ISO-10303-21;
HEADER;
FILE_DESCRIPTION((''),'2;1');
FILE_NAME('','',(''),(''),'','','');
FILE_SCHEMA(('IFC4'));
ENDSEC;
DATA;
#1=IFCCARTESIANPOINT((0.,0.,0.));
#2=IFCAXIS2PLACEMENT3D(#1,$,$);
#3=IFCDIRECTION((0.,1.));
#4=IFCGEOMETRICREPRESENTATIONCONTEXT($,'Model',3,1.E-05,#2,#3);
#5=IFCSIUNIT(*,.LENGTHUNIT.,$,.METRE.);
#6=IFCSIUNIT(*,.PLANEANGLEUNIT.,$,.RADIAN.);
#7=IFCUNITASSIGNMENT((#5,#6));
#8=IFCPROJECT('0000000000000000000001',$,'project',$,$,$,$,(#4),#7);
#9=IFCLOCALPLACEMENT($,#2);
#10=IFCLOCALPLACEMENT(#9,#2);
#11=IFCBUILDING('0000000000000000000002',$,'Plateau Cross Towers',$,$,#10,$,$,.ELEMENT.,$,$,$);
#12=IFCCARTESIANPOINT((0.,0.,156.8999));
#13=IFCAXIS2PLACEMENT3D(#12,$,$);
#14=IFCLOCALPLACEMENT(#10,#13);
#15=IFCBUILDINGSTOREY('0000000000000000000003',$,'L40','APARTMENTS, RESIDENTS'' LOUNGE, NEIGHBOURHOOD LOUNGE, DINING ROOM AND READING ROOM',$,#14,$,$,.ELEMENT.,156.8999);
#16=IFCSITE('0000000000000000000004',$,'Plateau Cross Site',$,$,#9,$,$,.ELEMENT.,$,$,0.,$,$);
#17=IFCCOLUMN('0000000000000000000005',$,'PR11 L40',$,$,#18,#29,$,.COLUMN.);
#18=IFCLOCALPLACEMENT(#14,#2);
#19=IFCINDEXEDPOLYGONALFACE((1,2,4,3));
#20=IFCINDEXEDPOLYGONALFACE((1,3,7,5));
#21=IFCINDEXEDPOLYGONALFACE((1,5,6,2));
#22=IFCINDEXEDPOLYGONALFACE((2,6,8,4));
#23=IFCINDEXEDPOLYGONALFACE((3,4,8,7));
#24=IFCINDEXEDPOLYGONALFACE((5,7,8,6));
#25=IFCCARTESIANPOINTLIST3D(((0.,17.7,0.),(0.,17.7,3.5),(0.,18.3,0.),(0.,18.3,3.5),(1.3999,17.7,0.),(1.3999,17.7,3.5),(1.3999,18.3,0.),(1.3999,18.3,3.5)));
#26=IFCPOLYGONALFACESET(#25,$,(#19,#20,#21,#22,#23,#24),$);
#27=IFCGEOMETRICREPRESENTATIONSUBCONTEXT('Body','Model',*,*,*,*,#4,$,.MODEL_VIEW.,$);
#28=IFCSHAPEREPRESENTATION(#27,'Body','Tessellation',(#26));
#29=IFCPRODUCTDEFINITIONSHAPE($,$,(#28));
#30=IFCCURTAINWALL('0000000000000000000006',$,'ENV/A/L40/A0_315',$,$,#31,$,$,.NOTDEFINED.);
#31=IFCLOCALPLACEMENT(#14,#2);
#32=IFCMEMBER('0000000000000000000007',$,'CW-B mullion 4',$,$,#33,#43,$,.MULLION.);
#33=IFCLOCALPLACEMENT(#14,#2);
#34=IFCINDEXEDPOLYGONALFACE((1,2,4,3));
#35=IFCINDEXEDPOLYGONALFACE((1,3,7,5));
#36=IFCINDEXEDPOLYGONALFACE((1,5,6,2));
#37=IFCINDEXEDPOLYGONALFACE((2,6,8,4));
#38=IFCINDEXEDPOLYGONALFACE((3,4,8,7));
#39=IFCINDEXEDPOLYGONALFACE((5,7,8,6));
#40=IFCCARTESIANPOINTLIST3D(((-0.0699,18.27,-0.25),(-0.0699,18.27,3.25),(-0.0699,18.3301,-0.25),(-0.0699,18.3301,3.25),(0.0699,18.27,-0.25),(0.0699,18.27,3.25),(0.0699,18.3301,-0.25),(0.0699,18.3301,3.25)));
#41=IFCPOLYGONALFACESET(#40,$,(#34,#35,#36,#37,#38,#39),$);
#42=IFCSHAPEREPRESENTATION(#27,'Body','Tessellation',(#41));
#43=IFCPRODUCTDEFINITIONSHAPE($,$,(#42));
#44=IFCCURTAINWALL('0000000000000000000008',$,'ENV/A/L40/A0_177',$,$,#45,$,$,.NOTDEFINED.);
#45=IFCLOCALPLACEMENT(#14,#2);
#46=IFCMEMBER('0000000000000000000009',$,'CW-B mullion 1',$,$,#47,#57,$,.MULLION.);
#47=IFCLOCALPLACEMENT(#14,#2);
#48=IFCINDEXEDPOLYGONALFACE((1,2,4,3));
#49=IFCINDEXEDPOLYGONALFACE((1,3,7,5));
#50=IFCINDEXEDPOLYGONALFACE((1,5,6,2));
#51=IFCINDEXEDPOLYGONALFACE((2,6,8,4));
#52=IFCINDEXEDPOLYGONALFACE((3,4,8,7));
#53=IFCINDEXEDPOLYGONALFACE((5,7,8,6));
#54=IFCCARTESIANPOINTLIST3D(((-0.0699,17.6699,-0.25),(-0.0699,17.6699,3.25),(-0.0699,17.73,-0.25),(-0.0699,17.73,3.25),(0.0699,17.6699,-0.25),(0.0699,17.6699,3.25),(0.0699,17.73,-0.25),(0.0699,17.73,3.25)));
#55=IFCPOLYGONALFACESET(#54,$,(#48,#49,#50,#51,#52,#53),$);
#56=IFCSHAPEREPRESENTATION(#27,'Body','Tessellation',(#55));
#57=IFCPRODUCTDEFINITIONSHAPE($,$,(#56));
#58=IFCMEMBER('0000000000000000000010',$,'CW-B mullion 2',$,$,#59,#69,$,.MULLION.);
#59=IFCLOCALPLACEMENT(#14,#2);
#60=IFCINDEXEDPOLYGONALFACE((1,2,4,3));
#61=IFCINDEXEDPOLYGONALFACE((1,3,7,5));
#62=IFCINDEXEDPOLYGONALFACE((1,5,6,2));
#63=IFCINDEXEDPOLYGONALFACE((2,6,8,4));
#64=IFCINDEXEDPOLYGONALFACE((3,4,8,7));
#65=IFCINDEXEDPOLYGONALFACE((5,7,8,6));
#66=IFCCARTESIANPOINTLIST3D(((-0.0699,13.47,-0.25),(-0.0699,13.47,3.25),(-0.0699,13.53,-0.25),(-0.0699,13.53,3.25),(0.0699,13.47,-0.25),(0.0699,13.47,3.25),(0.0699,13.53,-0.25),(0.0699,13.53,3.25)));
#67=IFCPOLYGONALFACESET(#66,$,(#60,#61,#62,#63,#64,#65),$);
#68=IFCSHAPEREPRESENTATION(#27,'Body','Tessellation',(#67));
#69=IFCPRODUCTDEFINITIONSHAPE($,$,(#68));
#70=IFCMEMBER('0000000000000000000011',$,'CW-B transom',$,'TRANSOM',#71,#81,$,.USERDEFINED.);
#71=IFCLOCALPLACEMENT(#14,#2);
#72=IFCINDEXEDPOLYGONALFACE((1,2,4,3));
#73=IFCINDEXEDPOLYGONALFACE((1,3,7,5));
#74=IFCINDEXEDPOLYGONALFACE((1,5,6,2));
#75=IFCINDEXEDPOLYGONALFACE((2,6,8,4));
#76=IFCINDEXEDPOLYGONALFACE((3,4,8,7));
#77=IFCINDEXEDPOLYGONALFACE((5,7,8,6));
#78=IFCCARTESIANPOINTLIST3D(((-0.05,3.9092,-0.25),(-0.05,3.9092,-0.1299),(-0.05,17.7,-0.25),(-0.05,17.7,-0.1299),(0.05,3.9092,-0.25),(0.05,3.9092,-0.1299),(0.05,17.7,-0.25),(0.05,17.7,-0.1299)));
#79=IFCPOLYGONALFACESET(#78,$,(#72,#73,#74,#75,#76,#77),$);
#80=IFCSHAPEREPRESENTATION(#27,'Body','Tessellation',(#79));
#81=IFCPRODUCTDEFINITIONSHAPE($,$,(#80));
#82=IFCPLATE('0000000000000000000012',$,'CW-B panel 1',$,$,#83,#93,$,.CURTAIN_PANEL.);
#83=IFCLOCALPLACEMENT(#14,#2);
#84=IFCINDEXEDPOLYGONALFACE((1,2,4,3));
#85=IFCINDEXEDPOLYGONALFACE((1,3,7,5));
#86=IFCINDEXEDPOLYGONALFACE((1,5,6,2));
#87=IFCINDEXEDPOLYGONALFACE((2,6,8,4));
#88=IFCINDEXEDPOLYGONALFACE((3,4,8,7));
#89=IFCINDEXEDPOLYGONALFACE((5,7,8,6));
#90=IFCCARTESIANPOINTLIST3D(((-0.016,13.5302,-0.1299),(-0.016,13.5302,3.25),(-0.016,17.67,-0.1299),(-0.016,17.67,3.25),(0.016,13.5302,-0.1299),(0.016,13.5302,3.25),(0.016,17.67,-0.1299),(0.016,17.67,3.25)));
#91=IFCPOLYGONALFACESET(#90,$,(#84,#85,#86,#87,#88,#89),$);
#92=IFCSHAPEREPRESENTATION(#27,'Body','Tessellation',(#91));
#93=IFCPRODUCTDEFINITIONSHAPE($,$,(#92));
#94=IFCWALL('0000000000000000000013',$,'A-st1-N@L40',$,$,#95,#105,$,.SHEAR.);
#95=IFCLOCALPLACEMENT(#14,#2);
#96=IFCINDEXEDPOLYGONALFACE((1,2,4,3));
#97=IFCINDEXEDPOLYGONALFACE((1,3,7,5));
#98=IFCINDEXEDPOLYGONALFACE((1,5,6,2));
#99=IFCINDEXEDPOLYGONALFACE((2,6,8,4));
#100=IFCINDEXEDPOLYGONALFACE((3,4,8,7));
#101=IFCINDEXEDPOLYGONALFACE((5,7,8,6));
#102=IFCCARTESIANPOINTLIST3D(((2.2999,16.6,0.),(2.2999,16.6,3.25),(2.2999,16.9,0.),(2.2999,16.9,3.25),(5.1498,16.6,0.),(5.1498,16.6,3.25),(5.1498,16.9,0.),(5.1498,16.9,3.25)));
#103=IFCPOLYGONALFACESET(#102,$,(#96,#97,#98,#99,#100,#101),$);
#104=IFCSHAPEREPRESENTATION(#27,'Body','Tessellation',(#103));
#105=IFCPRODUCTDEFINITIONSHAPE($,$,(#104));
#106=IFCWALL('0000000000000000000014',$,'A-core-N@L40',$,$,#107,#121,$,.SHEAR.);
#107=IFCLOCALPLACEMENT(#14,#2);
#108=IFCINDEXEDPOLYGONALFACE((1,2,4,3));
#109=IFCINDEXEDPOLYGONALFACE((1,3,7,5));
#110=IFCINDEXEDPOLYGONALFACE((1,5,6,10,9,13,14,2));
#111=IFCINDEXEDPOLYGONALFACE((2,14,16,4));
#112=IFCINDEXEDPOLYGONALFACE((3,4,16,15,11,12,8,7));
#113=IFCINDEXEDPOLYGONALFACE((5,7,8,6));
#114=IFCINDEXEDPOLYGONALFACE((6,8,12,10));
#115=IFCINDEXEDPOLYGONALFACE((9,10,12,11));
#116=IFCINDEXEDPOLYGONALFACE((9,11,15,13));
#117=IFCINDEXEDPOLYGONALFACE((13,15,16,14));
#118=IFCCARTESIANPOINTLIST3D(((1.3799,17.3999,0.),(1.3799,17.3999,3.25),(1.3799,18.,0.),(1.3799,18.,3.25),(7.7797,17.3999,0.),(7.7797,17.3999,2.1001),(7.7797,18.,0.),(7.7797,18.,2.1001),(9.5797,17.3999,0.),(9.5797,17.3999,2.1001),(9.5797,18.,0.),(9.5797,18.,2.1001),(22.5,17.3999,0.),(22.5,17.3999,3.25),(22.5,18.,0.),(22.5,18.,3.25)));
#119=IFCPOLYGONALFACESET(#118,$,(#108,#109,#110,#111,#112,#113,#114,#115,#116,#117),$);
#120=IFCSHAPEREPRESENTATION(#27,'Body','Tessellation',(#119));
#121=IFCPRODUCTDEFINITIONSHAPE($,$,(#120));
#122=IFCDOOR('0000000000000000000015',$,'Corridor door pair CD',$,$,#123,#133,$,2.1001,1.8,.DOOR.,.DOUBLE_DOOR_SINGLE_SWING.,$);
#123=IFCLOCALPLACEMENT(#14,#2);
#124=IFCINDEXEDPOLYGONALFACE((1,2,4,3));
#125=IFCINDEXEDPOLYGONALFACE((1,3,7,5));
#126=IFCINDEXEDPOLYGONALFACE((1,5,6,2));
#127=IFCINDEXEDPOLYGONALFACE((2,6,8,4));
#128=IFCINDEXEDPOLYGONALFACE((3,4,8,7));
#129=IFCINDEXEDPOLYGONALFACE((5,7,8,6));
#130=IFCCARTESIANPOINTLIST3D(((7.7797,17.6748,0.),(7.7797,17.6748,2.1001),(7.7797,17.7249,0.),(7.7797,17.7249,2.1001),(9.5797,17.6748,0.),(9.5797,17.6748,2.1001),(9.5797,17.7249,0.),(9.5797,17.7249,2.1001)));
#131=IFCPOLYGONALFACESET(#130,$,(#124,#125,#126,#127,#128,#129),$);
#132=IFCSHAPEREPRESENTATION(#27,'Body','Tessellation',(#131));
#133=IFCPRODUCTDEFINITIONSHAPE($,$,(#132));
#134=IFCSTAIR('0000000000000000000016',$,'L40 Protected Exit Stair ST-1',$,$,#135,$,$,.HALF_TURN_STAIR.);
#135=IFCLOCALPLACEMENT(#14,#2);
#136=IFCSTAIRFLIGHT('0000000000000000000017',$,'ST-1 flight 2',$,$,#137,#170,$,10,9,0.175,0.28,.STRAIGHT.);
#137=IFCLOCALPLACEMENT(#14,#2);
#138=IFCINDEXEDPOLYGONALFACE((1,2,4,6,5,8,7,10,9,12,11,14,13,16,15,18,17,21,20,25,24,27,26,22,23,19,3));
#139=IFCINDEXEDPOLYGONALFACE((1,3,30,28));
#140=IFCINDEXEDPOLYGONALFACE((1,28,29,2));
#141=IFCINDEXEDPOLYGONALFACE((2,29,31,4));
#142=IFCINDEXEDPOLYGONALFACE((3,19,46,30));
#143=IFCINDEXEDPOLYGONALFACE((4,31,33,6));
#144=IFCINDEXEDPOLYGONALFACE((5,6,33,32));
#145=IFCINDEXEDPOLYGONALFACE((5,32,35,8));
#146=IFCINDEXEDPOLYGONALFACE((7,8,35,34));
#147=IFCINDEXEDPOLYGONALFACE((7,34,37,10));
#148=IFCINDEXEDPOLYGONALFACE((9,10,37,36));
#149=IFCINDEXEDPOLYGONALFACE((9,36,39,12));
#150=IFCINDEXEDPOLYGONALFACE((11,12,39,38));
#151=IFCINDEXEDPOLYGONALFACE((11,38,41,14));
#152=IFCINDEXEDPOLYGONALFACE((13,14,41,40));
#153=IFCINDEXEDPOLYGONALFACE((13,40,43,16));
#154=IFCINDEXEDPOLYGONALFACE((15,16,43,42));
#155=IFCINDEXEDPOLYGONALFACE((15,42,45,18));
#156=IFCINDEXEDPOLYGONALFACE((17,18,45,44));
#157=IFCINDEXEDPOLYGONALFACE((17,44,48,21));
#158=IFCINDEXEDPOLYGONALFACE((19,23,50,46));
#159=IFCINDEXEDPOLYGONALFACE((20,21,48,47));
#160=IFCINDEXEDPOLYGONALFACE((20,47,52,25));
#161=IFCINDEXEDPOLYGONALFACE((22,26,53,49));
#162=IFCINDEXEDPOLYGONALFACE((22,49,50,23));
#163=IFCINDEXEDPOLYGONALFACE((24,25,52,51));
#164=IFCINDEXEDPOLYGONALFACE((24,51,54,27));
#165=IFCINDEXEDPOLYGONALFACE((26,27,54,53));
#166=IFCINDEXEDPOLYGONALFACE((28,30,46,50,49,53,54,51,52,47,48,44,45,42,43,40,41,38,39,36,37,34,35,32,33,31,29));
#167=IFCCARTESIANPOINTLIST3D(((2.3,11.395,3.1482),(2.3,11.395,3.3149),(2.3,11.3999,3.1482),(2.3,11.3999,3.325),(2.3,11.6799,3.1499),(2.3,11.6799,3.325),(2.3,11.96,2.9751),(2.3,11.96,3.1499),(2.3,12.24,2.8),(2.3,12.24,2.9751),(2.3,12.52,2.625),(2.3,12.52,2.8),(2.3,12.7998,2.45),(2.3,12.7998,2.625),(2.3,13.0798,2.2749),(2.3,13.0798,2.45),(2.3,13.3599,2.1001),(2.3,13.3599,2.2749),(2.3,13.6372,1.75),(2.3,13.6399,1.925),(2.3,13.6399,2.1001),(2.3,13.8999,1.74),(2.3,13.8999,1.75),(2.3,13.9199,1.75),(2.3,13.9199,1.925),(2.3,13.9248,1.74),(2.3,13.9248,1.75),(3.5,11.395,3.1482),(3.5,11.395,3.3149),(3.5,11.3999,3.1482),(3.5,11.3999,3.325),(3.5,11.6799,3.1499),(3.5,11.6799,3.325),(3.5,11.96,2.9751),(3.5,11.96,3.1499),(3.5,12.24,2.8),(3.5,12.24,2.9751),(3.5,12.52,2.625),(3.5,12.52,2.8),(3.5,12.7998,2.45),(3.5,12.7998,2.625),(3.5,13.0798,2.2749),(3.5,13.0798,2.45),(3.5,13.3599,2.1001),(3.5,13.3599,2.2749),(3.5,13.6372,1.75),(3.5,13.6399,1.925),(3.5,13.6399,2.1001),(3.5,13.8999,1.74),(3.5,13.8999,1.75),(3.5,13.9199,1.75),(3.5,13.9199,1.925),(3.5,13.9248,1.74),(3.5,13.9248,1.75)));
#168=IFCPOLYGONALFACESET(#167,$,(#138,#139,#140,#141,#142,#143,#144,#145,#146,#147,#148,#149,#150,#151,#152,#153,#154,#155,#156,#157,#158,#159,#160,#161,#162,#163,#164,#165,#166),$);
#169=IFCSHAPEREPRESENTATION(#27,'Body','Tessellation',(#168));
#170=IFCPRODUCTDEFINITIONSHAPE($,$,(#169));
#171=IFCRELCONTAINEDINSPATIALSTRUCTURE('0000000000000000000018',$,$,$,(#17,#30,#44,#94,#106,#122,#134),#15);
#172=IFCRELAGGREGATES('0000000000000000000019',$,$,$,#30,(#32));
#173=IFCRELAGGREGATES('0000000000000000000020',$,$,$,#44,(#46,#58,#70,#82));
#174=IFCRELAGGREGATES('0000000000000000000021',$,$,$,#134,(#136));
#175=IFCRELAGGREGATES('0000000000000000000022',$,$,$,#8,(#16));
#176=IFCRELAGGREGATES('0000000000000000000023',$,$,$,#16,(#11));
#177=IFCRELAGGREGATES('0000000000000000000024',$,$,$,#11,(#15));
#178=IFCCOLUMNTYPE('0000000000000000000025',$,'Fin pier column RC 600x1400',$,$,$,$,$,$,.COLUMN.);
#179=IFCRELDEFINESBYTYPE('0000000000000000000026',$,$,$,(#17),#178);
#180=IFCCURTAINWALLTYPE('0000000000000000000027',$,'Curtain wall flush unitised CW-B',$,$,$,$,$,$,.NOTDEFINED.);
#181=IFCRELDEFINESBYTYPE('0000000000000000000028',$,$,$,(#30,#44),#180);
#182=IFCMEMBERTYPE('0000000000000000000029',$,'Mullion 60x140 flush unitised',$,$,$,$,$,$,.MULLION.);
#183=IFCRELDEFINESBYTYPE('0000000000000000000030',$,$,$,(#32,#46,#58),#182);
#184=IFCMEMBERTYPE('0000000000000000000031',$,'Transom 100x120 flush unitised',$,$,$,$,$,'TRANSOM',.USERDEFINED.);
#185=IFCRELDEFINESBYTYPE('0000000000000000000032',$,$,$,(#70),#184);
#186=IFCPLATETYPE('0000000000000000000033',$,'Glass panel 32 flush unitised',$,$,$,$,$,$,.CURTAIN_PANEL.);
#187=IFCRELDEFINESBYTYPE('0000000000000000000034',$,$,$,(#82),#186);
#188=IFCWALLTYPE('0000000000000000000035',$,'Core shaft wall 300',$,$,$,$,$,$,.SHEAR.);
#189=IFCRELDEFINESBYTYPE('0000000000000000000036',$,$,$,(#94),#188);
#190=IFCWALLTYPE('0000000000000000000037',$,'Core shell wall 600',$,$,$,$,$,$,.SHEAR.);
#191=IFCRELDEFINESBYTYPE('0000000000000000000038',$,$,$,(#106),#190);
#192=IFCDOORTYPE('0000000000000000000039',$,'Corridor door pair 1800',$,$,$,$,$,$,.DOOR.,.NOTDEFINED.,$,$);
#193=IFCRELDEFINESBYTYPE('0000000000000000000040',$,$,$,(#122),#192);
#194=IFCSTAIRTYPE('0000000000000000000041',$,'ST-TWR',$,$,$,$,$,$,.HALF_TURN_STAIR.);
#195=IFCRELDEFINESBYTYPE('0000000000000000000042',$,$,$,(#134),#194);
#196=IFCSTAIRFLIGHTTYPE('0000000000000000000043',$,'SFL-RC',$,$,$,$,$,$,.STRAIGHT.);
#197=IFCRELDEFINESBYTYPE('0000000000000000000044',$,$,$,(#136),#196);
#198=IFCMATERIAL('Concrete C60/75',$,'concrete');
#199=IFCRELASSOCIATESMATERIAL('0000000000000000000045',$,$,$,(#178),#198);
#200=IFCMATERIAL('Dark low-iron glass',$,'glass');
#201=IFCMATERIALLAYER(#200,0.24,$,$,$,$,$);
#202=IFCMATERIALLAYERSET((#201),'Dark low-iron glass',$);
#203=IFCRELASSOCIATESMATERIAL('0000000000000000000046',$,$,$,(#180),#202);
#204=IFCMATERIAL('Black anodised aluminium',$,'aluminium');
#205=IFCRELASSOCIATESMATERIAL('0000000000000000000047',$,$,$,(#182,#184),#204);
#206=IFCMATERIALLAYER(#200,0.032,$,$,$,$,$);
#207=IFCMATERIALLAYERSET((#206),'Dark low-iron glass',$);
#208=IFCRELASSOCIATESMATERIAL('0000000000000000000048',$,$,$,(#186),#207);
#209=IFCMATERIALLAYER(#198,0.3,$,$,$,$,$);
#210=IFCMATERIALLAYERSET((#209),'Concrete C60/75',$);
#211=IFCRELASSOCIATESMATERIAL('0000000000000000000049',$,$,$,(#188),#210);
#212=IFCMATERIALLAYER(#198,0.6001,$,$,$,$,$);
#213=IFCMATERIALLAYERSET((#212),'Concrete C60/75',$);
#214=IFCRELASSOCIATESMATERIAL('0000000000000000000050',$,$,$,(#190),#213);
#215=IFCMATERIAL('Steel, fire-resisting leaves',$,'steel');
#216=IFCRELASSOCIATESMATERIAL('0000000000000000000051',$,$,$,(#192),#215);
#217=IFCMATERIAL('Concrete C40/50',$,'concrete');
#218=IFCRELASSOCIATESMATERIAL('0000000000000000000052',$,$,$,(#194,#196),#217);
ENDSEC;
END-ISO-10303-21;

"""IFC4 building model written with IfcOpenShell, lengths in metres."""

from ifc_helpers import new_model, si_unit, direction, frame, frame_2d, origin, origin_2d, place, context, subcontext, project, spatial, polyline, rectangle, outline, extrude, material, layer, layer_set, material_profile, profile_set, type_object, element, fill, aggregate, save


model = new_model("IFC4")

# Units and contexts
model_context = context("Model", 3, precision=1e-05, world=origin(), true_north=direction((0.0, 1.0)))
body_context = subcontext(model_context, "Body", "Model", "MODEL_VIEW")
ifc_project = project(units=[si_unit("LENGTHUNIT", "METRE"), si_unit("PLANEANGLEUNIT", "RADIAN")], contexts=[model_context])

# Site, building, storey
site_placement = place(None, origin())
site = spatial("IfcSite", under=ifc_project, at=site_placement, Name="Plateau Cross Site", CompositionType="ELEMENT", RefElevation=0.0)
building_placement = place(site_placement, origin())
building = spatial("IfcBuilding", under=site, at=building_placement, Name="Plateau Cross Towers", CompositionType="ELEMENT")
storey_placement = place(building_placement, frame((0.0, 0.0, 156.8999)))
storey = spatial("IfcBuildingStorey", under=building, at=storey_placement, Name="L40", Description="APARTMENTS, RESIDENTS' LOUNGE, NEIGHBOURHOOD LOUNGE, DINING ROOM AND READING ROOM", CompositionType="ELEMENT", Elevation=156.8999)

# Column
ifc_material_1 = material(Name="Concrete C60/75", Category="concrete")
ifc_material_profile_1 = material_profile(ifc_material_1, rectangle(XDim=0.6001, YDim=1.3999, at=origin_2d()), Name="RC 600x1400")
ifc_profile_set_1 = profile_set([ifc_material_profile_1], Name="Concrete C60/75")
column_type = type_object("IfcColumnType", Name="Fin pier column RC 600x1400", PredefinedType="COLUMN", material=ifc_profile_set_1)
column_placement = place(storey_placement, frame((0.7, 18.0, 0.0), z_axis=(0.0, 0.0, 1.0), x_axis=(0.0, 1.0, 0.0)))
element("IfcColumn", 1, at=column_placement, inside=storey, type_object=column_type, Name="PR11 L40", PredefinedType="COLUMN", context=body_context, shape_type="SweptSolid", body=[
    extrude(rectangle(XDim=0.6001, YDim=1.3999, at=origin_2d()), origin(), (0.0, 0.0, 1.0), 3.5),
])

# Curtain wall, member
ifc_material_2 = material(Name="Dark low-iron glass", Category="glass")
ifc_layer_1 = layer(ifc_material_2, 0.24)
ifc_layer_set_1 = layer_set([ifc_layer_1], Name="Dark low-iron glass")
curtain_wall_type = type_object("IfcCurtainWallType", Name="Curtain wall flush unitised CW-B", PredefinedType="NOTDEFINED", material=ifc_layer_set_1)
curtain_wall_1_placement = place(storey_placement, origin())
curtain_wall_1 = element("IfcCurtainWall", 2, at=curtain_wall_1_placement, inside=storey, type_object=curtain_wall_type, Name="ENV/A/L40/A0_315", PredefinedType="NOTDEFINED")
ifc_material_3 = material(Name="Black anodised aluminium", Category="aluminium")
ifc_material_profile_2 = material_profile(ifc_material_3, rectangle(XDim=0.0601, YDim=0.1399, at=origin_2d()), Name="MULLION 60x140")
ifc_profile_set_2 = profile_set([ifc_material_profile_2], Name="Black anodised aluminium")
member_type_1 = type_object("IfcMemberType", Name="Mullion 60x140 flush unitised", PredefinedType="MULLION", material=ifc_profile_set_2)
member_1_placement = place(storey_placement, frame((0.0, 18.3, -0.25), z_axis=(0.0, 0.0, 1.0), x_axis=(0.0, -1.0, 0.0)))
member_1 = element("IfcMember", 3, at=member_1_placement, type_object=member_type_1, Name="CW-B mullion 4", PredefinedType="MULLION", context=body_context, shape_type="SweptSolid", body=[
    extrude(rectangle(XDim=0.0601, YDim=0.1399, at=origin_2d()), origin(), (0.0, 0.0, 1.0), 3.5),
])
aggregate(curtain_wall_1, [member_1])

# Curtain wall, members, plate
curtain_wall_2_placement = place(storey_placement, origin())
curtain_wall_2 = element("IfcCurtainWall", 4, at=curtain_wall_2_placement, inside=storey, type_object=curtain_wall_type, Name="ENV/A/L40/A0_177", PredefinedType="NOTDEFINED")
member_2_placement = place(storey_placement, frame((0.0, 17.7, -0.25), z_axis=(0.0, 0.0, 1.0), x_axis=(0.0, -1.0, 0.0)))
member_2 = element("IfcMember", 5, at=member_2_placement, type_object=member_type_1, Name="CW-B mullion 1", PredefinedType="MULLION", context=body_context, shape_type="SweptSolid", body=[
    extrude(rectangle(XDim=0.0601, YDim=0.1399, at=origin_2d()), origin(), (0.0, 0.0, 1.0), 3.5),
])
member_3_placement = place(storey_placement, frame((0.0, 13.5, -0.25), z_axis=(0.0, 0.0, 1.0), x_axis=(0.0, -1.0, 0.0)))
member_3 = element("IfcMember", 6, at=member_3_placement, type_object=member_type_1, Name="CW-B mullion 2", PredefinedType="MULLION", context=body_context, shape_type="SweptSolid", body=[
    extrude(rectangle(XDim=0.0601, YDim=0.1399, at=origin_2d()), origin(), (0.0, 0.0, 1.0), 3.5),
])
ifc_material_profile_3 = material_profile(ifc_material_3, rectangle(XDim=0.1001, YDim=0.1201, at=origin_2d()), Name="TRANSOM 100x120")
ifc_profile_set_3 = profile_set([ifc_material_profile_3], Name="Black anodised aluminium")
member_type_2 = type_object("IfcMemberType", Name="Transom 100x120 flush unitised", ElementType="TRANSOM", PredefinedType="USERDEFINED", material=ifc_profile_set_3)
member_4_placement = place(storey_placement, frame((0.0, 17.7, -0.1899), z_axis=(0.0, -1.0, 0.0), x_axis=(1.0, 0.0, 0.0)))
member_4 = element("IfcMember", 7, at=member_4_placement, type_object=member_type_2, Name="CW-B transom", ObjectType="TRANSOM", PredefinedType="USERDEFINED", context=body_context, shape_type="SweptSolid", body=[
    extrude(rectangle(XDim=0.1001, YDim=0.1201, at=origin_2d()), origin(), (0.0, 0.0, 1.0), 13.7908),
])
ifc_layer_2 = layer(ifc_material_2, 0.032)
ifc_layer_set_2 = layer_set([ifc_layer_2], Name="Dark low-iron glass")
plate_type = type_object("IfcPlateType", Name="Glass panel 32 flush unitised", PredefinedType="CURTAIN_PANEL", material=ifc_layer_set_2)
plate_placement = place(storey_placement, frame((0.0, 15.6001, -0.1299), z_axis=(0.0, 0.0, 1.0), x_axis=(0.0, -1.0, 0.0)))
plate = element("IfcPlate", 8, at=plate_placement, type_object=plate_type, Name="CW-B panel 1", PredefinedType="CURTAIN_PANEL", context=body_context, shape_type="SweptSolid", body=[
    extrude(rectangle(XDim=4.1399, YDim=0.032, at=origin_2d()), origin(), (0.0, 0.0, 1.0), 3.3799),
])
aggregate(curtain_wall_2, [member_2, member_3, member_4, plate])

# Wall
ifc_layer_3 = layer(ifc_material_1, 0.3)
ifc_layer_set_3 = layer_set([ifc_layer_3], Name="Concrete C60/75")
wall_type_1 = type_object("IfcWallType", Name="Core shaft wall 300", PredefinedType="SHEAR", material=ifc_layer_set_3)
wall_1_placement = place(storey_placement, frame((2.3, 16.75, 0.0), z_axis=(0.0, 0.0, 1.0), x_axis=(1.0, 0.0, 0.0)))
element("IfcWall", 9, at=wall_1_placement, inside=storey, type_object=wall_type_1, Name="A-st1-N@L40", PredefinedType="SHEAR", context=body_context, shape_type="SweptSolid", body=[
    extrude(rectangle(XDim=2.8499, YDim=0.3, at=frame_2d((1.4248, 0.0))), origin(), (0.0, 0.0, 1.0), 3.25),
])

# Wall, opening, door
ifc_layer_4 = layer(ifc_material_1, 0.6001)
ifc_layer_set_4 = layer_set([ifc_layer_4], Name="Concrete C60/75")
wall_type_2 = type_object("IfcWallType", Name="Core shell wall 600", PredefinedType="SHEAR", material=ifc_layer_set_4)
wall_2_placement = place(storey_placement, frame((1.3799, 17.7, 0.0), z_axis=(0.0, 0.0, 1.0), x_axis=(1.0, 0.0, 0.0)))
wall_2 = element("IfcWall", 10, at=wall_2_placement, inside=storey, type_object=wall_type_2, Name="A-core-N@L40", PredefinedType="SHEAR", context=body_context, shape_type="SweptSolid", body=[
    extrude(rectangle(XDim=21.1201, YDim=0.6001, at=frame_2d((10.5601, 0.0))), origin(), (0.0, 0.0, 1.0), 3.25),
])
opening_placement = place(wall_2_placement, frame((6.3999, 0.0, 0.0)))
opening = element("IfcOpeningElement", 11, at=opening_placement, cuts=wall_2, PredefinedType="OPENING", context=body_context, shape_type="SweptSolid", body=[
    extrude(rectangle(XDim=1.8, YDim=2.1001, at=frame_2d((0.8999, 1.05))), frame((0.0, 0.3101, 0.0), z_axis=(0.0, -1.0, 0.0), x_axis=(1.0, 0.0, 0.0)), (0.0, 0.0, 1.0), 0.6201),
])
ifc_material_4 = material(Name="Steel, fire-resisting leaves", Category="steel")
door_type = type_object("IfcDoorType", Name="Corridor door pair 1800", OperationType="NOTDEFINED", PredefinedType="DOOR", material=ifc_material_4)
door_placement = place(opening_placement, origin())
door = element("IfcDoor", 12, at=door_placement, inside=storey, type_object=door_type, Name="Corridor door pair CD", OperationType="DOUBLE_DOOR_SINGLE_SWING", OverallHeight=2.1001, OverallWidth=1.8, PredefinedType="DOOR", context=body_context, shape_type="SweptSolid", body=[
    extrude(rectangle(XDim=1.8, YDim=2.1001, at=frame_2d((0.8999, 1.05))), frame((0.0, 0.0249, 0.0), z_axis=(0.0, -1.0, 0.0), x_axis=(1.0, 0.0, 0.0)), (0.0, 0.0, 1.0), 0.05),
])
fill(opening, door)

# Stair, stair flight
ifc_material_5 = material(Name="Concrete C40/50", Category="concrete")
stair_type = type_object("IfcStairType", Name="ST-TWR", PredefinedType="HALF_TURN_STAIR", material=ifc_material_5)
stair_placement = place(storey_placement, origin())
stair = element("IfcStair", 13, at=stair_placement, inside=storey, type_object=stair_type, Name="L40 Protected Exit Stair ST-1", PredefinedType="HALF_TURN_STAIR")
stair_flight_type = type_object("IfcStairFlightType", Name="SFL-RC", PredefinedType="STRAIGHT", material=ifc_material_5)
stair_flight_placement = place(storey_placement, frame((2.8999, 13.9199, 1.75), z_axis=(0.0, 0.0, 1.0), x_axis=(0.0, -1.0, 0.0)))
stair_flight = element("IfcStairFlight", 14, at=stair_flight_placement, type_object=stair_flight_type, Name="ST-1 flight 2", NumberOfRisers=10, NumberOfTreads=9, PredefinedType="STRAIGHT", RiserHeight=0.175, TreadLength=0.28, context=body_context, shape_type="SweptSolid", body=[
    extrude(outline(polyline([(-0.0049, -0.01), (-0.0049, 0.0), (0.0, 0.0), (0.0, 0.175), (0.28, 0.175), (0.28, 0.3501), (0.5601, 0.3501), (0.5601, 0.5249), (0.8401, 0.5249), (0.8401, 0.7), (1.1201, 0.7), (1.1201, 0.875), (1.3999, 0.875), (1.3999, 1.05), (1.6799, 1.05), (1.6799, 1.2251), (1.96, 1.2251), (1.96, 1.3999), (2.24, 1.3999), (2.24, 1.575), (2.52, 1.575), (2.5249, 1.5649), (2.5249, 1.3982), (2.52, 1.3982), (0.2827, 0.0), (0.02, 0.0), (0.02, -0.01), (-0.0049, -0.01)])), frame((0.0, 0.6001, 0.0), z_axis=(0.0, -1.0, 0.0), x_axis=(1.0, 0.0, 0.0)), (0.0, 0.0, 1.0), 1.2),
])
aggregate(stair, [stair_flight])

save(model, "model.ifc")
